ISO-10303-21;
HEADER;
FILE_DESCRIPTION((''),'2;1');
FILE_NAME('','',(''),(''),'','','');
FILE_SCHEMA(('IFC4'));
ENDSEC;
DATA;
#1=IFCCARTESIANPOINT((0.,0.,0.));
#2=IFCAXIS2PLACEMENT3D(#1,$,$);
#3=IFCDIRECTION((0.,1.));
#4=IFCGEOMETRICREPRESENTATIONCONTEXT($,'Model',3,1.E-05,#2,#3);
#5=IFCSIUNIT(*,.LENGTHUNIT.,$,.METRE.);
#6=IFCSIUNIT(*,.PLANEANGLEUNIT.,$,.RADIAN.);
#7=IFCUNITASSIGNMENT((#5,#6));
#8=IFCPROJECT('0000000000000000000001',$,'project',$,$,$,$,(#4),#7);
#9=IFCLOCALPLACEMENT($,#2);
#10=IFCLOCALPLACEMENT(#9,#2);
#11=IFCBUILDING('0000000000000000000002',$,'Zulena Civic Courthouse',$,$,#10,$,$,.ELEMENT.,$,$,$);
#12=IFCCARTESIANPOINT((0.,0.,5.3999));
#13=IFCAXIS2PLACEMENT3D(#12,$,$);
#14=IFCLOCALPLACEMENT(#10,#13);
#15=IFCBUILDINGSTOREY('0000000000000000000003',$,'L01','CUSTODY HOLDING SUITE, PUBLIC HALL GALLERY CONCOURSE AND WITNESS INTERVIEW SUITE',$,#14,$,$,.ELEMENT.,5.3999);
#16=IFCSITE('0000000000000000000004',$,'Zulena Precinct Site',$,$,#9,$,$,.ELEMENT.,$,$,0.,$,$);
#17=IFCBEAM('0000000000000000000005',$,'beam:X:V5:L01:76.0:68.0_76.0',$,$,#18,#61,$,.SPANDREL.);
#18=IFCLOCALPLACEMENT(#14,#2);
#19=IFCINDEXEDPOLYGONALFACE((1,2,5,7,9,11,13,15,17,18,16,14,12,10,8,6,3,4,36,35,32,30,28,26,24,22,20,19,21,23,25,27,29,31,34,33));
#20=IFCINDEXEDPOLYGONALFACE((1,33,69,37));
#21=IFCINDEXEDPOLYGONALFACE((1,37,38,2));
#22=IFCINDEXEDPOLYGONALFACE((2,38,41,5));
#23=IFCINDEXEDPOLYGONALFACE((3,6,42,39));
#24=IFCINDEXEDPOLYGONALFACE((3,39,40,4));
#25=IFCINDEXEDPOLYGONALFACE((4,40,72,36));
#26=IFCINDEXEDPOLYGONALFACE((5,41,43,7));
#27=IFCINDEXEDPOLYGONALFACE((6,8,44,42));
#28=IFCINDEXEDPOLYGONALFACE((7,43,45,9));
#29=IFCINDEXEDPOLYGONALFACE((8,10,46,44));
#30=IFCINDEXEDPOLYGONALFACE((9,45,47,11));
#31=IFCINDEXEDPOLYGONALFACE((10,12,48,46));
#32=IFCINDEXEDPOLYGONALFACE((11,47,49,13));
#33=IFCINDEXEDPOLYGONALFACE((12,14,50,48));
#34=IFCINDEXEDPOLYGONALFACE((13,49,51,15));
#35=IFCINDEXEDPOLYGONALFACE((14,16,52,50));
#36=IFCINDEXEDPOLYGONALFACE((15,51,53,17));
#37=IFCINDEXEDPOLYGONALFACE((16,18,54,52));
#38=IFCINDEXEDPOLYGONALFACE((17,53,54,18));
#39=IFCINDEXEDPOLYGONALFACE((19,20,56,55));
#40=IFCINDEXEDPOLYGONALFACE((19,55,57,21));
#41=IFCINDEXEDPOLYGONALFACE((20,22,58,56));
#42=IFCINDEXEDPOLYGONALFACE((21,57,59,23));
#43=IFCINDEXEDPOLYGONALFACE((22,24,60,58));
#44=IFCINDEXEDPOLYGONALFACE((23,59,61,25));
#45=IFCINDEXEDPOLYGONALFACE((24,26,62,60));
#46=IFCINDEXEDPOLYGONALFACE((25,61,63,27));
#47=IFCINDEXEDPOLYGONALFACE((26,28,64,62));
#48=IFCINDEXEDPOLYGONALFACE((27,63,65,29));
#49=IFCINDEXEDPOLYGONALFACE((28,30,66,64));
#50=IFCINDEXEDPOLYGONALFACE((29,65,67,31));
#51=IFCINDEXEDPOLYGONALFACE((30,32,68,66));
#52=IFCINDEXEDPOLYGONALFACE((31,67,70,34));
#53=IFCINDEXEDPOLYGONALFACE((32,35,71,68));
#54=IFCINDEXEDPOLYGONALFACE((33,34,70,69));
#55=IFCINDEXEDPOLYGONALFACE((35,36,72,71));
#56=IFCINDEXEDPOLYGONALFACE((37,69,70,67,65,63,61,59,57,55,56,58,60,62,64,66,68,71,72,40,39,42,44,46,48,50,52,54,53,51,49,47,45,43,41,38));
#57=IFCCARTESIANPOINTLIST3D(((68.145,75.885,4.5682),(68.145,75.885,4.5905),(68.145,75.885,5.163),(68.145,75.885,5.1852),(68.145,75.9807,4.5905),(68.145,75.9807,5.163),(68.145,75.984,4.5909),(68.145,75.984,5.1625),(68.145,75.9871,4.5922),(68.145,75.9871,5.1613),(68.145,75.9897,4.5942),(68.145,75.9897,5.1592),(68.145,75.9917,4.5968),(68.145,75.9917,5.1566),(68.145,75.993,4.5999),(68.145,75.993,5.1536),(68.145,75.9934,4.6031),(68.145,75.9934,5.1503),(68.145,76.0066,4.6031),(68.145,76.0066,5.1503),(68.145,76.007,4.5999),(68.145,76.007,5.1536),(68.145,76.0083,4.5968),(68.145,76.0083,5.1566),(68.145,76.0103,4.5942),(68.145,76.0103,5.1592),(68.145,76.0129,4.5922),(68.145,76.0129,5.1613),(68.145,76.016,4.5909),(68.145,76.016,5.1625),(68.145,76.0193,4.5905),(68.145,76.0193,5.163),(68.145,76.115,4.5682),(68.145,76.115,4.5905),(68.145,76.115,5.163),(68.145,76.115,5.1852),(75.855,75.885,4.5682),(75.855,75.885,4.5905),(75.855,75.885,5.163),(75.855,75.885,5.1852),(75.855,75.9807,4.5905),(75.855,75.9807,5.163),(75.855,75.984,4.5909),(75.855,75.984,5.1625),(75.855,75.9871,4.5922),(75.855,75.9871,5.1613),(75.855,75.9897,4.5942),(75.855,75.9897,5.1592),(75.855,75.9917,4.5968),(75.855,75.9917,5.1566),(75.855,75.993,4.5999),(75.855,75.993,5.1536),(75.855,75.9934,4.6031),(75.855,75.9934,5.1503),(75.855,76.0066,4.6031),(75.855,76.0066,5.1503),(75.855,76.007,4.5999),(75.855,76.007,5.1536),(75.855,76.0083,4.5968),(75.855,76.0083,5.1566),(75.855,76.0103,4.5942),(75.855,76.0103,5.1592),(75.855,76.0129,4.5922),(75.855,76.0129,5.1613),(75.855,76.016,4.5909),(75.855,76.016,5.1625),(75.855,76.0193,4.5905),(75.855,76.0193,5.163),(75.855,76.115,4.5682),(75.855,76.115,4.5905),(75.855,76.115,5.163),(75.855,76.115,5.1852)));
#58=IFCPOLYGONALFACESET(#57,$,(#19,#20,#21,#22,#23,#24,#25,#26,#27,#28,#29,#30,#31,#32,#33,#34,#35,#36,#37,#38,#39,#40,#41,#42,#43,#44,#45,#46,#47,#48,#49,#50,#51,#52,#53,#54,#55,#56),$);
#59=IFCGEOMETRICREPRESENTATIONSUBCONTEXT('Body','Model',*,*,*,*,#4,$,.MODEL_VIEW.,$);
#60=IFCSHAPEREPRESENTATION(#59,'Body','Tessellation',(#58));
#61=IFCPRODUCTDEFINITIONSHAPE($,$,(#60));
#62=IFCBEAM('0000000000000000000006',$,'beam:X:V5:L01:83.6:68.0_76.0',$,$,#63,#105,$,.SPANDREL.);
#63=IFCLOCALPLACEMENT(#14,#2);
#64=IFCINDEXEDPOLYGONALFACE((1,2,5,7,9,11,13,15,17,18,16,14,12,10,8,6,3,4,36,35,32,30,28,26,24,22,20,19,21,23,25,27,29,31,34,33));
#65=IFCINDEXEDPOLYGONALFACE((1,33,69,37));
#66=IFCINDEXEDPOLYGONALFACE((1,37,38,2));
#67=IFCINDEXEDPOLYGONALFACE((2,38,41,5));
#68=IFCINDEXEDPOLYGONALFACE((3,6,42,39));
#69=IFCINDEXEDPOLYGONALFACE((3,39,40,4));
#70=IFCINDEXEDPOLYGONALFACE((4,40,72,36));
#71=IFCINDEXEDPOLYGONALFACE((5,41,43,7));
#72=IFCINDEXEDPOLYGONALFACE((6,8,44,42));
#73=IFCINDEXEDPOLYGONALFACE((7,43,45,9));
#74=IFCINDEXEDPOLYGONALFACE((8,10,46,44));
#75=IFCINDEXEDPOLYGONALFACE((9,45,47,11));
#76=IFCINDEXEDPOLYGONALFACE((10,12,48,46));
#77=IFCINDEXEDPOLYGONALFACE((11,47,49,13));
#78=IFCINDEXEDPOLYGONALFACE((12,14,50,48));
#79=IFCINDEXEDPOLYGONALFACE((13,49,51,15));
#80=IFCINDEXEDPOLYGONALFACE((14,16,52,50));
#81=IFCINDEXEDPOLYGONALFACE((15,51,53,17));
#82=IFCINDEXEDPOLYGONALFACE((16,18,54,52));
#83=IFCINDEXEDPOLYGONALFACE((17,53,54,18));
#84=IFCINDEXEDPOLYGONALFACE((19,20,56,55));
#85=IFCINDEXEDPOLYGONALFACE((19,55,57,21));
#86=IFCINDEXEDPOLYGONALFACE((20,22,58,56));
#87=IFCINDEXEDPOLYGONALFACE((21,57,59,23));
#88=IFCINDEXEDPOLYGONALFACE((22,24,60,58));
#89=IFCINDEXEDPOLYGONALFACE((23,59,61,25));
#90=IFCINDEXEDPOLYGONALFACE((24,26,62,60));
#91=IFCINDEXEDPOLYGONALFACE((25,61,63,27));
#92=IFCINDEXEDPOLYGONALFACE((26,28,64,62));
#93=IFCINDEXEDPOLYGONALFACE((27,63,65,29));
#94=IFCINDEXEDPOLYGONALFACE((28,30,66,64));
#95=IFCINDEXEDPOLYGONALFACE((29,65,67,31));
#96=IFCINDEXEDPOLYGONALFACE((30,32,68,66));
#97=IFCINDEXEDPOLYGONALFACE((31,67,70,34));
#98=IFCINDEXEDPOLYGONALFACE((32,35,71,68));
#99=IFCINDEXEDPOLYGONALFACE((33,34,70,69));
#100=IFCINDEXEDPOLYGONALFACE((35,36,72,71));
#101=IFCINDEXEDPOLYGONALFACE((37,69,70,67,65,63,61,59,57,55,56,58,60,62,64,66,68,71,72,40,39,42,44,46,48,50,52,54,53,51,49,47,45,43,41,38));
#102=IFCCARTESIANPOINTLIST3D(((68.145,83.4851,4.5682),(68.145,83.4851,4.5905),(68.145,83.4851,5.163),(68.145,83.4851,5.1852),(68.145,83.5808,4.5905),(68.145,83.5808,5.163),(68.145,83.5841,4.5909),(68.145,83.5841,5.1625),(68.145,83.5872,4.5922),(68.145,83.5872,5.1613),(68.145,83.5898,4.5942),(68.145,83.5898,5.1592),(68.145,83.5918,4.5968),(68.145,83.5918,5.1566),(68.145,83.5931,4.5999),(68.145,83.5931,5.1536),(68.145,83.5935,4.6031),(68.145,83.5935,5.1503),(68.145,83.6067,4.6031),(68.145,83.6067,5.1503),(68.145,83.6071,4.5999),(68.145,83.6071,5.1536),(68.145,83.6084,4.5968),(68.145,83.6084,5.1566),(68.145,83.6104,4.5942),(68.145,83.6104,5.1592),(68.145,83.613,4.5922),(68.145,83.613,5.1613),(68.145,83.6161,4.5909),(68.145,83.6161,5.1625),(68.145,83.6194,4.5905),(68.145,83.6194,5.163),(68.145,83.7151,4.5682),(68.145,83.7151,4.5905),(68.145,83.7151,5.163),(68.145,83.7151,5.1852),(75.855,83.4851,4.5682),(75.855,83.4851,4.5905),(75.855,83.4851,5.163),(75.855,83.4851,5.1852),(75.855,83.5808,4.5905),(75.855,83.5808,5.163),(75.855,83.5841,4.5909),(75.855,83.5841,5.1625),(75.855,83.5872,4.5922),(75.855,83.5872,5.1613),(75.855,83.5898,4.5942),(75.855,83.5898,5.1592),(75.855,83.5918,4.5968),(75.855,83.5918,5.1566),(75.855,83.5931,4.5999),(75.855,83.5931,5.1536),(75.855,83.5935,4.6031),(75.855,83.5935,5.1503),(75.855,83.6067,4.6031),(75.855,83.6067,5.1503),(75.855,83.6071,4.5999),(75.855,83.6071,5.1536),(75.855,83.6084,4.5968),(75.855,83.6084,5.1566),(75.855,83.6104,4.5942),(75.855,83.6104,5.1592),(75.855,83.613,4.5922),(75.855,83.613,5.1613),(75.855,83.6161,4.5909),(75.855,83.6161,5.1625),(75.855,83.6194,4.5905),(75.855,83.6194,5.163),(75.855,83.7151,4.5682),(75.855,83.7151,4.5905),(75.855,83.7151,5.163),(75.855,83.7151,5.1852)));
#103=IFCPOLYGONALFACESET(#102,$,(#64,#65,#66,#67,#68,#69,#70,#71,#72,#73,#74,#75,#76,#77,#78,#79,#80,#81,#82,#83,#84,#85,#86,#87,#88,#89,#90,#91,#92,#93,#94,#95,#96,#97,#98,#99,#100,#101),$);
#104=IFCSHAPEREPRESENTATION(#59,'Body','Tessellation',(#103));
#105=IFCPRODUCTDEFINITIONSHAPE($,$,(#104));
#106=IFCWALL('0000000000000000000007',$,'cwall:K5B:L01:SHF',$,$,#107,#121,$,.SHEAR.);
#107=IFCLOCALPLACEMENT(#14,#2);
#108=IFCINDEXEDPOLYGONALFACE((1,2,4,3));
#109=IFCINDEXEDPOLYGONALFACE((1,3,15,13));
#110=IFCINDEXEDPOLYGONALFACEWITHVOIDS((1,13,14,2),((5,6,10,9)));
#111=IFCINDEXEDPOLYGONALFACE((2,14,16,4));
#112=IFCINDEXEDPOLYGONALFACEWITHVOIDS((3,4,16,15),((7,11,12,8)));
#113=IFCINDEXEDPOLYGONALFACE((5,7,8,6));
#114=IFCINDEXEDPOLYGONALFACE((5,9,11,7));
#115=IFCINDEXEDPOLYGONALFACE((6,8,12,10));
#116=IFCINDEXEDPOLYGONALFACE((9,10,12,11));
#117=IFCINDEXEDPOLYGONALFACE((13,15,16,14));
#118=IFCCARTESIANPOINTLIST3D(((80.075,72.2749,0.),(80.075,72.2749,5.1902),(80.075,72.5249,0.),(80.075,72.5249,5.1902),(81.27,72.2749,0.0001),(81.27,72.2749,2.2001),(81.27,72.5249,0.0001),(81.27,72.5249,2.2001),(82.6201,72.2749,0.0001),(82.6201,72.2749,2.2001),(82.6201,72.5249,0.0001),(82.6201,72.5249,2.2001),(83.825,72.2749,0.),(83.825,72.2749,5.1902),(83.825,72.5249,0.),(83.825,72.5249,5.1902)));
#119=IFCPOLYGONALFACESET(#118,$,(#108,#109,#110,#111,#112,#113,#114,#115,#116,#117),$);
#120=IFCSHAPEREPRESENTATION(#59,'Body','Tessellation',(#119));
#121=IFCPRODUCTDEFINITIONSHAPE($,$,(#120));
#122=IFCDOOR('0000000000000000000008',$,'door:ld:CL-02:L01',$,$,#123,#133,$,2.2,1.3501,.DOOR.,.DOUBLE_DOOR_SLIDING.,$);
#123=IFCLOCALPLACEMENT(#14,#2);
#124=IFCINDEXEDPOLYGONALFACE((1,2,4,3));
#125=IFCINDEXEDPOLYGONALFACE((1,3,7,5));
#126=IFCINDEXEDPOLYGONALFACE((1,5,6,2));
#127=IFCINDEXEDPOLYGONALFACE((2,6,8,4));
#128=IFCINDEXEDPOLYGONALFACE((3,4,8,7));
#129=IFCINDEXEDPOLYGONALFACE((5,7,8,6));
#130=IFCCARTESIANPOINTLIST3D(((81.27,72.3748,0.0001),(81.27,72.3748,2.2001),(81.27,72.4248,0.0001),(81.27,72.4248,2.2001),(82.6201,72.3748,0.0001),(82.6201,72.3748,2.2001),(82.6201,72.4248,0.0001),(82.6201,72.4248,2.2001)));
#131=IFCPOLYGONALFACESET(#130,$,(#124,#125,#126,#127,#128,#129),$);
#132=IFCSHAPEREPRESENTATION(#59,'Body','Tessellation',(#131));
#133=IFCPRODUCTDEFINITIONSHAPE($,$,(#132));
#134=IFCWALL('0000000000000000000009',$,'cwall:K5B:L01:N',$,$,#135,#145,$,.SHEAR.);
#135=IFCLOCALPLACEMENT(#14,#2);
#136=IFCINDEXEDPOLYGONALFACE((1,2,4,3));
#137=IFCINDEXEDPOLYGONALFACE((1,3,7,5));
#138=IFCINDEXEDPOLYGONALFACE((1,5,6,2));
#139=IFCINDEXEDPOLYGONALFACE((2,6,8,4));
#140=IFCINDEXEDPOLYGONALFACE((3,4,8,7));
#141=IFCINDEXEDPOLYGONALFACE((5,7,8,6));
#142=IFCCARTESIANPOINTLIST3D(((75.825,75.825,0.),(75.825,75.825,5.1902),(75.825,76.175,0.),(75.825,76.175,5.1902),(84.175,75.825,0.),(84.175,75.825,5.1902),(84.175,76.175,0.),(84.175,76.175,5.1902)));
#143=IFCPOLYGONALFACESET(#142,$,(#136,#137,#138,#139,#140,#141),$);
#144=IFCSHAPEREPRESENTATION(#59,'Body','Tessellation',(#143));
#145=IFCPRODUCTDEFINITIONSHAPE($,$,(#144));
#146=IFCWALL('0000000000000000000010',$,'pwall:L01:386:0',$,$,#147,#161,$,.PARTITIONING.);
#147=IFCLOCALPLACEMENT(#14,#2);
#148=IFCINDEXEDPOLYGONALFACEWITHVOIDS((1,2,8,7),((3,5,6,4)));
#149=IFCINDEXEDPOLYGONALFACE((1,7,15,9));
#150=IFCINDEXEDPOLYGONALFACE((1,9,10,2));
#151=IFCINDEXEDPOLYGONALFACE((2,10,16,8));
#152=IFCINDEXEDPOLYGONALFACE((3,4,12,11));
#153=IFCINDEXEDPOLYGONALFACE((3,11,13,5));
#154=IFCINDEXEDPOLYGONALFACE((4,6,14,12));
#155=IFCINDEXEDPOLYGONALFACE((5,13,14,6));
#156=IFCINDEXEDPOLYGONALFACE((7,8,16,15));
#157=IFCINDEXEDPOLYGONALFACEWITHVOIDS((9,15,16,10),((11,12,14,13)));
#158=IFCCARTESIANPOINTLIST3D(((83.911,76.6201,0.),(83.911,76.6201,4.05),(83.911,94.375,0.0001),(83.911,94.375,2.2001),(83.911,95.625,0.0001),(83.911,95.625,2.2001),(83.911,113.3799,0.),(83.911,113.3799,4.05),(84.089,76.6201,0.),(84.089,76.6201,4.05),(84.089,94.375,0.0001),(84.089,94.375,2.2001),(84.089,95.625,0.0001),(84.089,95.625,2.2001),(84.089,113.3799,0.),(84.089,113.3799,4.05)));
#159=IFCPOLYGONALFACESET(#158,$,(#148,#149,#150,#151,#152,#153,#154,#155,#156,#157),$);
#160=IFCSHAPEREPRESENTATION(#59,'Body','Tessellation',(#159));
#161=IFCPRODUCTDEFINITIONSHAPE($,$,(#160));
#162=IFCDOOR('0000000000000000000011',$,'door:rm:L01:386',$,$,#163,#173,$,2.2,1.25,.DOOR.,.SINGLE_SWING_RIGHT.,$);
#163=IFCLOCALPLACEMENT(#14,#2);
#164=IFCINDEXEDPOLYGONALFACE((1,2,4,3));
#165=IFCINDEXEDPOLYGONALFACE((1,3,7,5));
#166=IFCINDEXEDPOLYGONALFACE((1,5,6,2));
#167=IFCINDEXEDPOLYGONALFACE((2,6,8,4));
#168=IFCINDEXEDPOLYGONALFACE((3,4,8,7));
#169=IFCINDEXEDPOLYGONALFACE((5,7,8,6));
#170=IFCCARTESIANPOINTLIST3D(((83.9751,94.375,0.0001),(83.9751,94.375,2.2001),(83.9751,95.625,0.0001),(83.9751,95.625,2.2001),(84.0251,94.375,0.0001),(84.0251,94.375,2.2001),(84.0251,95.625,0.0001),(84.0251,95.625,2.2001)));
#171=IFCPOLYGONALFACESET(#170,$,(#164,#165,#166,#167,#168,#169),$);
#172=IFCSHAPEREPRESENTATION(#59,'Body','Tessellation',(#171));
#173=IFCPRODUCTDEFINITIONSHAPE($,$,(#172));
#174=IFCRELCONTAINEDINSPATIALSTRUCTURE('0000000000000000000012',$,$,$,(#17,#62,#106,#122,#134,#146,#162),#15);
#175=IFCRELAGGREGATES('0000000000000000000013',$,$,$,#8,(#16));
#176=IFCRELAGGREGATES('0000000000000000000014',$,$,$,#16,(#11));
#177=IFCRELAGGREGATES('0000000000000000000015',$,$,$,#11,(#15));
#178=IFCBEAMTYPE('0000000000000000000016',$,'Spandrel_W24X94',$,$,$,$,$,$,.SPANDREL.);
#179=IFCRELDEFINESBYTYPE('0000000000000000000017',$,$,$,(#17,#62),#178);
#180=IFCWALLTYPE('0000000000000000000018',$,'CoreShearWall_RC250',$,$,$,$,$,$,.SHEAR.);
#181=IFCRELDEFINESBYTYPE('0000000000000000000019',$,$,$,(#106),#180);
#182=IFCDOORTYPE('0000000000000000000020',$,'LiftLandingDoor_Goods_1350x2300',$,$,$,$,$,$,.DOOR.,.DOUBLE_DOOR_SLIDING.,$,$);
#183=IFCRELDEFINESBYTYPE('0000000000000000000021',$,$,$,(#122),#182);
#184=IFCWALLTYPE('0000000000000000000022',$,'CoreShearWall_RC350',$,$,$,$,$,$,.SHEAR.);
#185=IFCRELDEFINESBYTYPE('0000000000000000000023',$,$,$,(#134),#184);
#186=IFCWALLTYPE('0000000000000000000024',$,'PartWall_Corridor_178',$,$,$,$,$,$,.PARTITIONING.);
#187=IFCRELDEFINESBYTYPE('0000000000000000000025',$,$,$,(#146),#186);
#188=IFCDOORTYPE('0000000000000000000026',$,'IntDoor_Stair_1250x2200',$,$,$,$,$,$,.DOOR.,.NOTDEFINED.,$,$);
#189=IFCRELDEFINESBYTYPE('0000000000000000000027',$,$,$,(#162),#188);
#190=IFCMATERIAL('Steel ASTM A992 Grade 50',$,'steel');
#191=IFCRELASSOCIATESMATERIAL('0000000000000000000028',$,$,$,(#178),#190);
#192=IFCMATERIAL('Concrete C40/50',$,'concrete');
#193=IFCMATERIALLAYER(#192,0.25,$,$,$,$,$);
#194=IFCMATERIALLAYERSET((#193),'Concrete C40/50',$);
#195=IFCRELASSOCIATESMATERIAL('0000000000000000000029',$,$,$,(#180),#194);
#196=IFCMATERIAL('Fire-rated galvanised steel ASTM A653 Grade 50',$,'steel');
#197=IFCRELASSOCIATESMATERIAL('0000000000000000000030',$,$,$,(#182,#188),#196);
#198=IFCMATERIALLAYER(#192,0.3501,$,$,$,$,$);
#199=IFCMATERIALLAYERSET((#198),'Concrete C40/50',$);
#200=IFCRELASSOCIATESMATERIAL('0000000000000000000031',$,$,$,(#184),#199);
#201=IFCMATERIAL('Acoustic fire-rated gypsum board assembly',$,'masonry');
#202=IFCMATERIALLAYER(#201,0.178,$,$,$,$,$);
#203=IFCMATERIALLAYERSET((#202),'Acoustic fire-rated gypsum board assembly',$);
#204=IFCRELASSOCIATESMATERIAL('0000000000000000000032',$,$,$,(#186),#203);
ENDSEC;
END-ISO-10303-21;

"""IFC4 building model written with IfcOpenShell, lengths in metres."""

from ifc_helpers import new_model, si_unit, direction, frame, frame_2d, origin, origin_2d, place, context, subcontext, project, spatial, rectangle, i_section, extrude, material, layer, layer_set, material_profile, profile_set, type_object, element, fill, save


model = new_model("IFC4")

# Units and contexts
model_context = context("Model", 3, precision=1e-05, world=origin(), true_north=direction((0.0, 1.0)))
body_context = subcontext(model_context, "Body", "Model", "MODEL_VIEW")
ifc_project = project(units=[si_unit("LENGTHUNIT", "METRE"), si_unit("PLANEANGLEUNIT", "RADIAN")], contexts=[model_context])

# Site, building, storey
site_placement = place(None, origin())
site = spatial("IfcSite", under=ifc_project, at=site_placement, Name="Zulena Precinct Site", CompositionType="ELEMENT", RefElevation=0.0)
building_placement = place(site_placement, origin())
building = spatial("IfcBuilding", under=site, at=building_placement, Name="Zulena Civic Courthouse", CompositionType="ELEMENT")
storey_placement = place(building_placement, frame((0.0, 0.0, 5.3999)))
storey = spatial("IfcBuildingStorey", under=building, at=storey_placement, Name="L01", Description="CUSTODY HOLDING SUITE, PUBLIC HALL GALLERY CONCOURSE AND WITNESS INTERVIEW SUITE", CompositionType="ELEMENT", Elevation=5.3999)

# Shared definitions
ifc_material_1 = material(Name="Steel ASTM A992 Grade 50", Category="steel")

# Beams
ifc_material_profile_1 = material_profile(ifc_material_1, i_section(OverallWidth=0.23, OverallDepth=0.6169, WebThickness=0.0132, FlangeThickness=0.0222, FilletRadius=0.0127, at=origin_2d()), Name="W24X94")
ifc_profile_set_1 = profile_set([ifc_material_profile_1], Name="Steel ASTM A992 Grade 50")
beam_type_1 = type_object("IfcBeamType", Name="Spandrel_W24X94", PredefinedType="SPANDREL", material=ifc_profile_set_1)
for number, where, z_axis, x_axis, name in (
    (1, (68.145, 76.0, 4.8767), (1.0, 0.0, 0.0), (0.0, 1.0, 0.0), "beam:X:V5:L01:76.0:68.0_76.0"),
    (2, (68.145, 83.6001, 4.8767), (1.0, 0.0, 0.0), (0.0, 1.0, 0.0), "beam:X:V5:L01:83.6:68.0_76.0"),
):
    element("IfcBeam", number, at=place(storey_placement, frame(where, z_axis=z_axis, x_axis=x_axis)), inside=storey, type_object=beam_type_1, Name=name, PredefinedType="SPANDREL", context=body_context, shape_type="SweptSolid", body=[
        extrude(i_section(OverallWidth=0.23, OverallDepth=0.6169, WebThickness=0.0132, FlangeThickness=0.0222, FilletRadius=0.0127, at=origin_2d()), origin(), (0.0, 0.0, 1.0), 7.71),
    ])

# Wall, opening, door
ifc_material_2 = material(Name="Concrete C40/50", Category="concrete")
ifc_layer_1 = layer(ifc_material_2, 0.25)
ifc_layer_set_1 = layer_set([ifc_layer_1], Name="Concrete C40/50")
wall_type_1 = type_object("IfcWallType", Name="CoreShearWall_RC250", PredefinedType="SHEAR", material=ifc_layer_set_1)
wall_1_placement = place(storey_placement, frame((80.075, 72.3999, 0.0), z_axis=(0.0, 0.0, 1.0), x_axis=(1.0, 0.0, 0.0)))
wall_1 = element("IfcWall", 3, at=wall_1_placement, inside=storey, type_object=wall_type_1, Name="cwall:K5B:L01:SHF", PredefinedType="SHEAR", context=body_context, shape_type="SweptSolid", body=[
    extrude(rectangle(XDim=3.75, YDim=0.25, at=frame_2d((1.875, 0.0))), origin(), (0.0, 0.0, 1.0), 5.1902),
])
opening_1_placement = place(wall_1_placement, frame((1.1951, 0.0, 0.0)))
opening_1 = element("IfcOpeningElement", 4, at=opening_1_placement, cuts=wall_1, PredefinedType="OPENING", context=body_context, shape_type="SweptSolid", body=[
    extrude(rectangle(XDim=1.3501, YDim=2.2, at=frame_2d((0.675, 1.1001))), frame((0.0, 0.135, 0.0), z_axis=(0.0, -1.0, 0.0), x_axis=(1.0, 0.0, 0.0)), (0.0, 0.0, 1.0), 0.27),
])
ifc_material_3 = material(Name="Fire-rated galvanised steel ASTM A653 Grade 50", Category="steel")
door_type_1 = type_object("IfcDoorType", Name="LiftLandingDoor_Goods_1350x2300", OperationType="DOUBLE_DOOR_SLIDING", PredefinedType="DOOR", material=ifc_material_3)
door_1_placement = place(opening_1_placement, origin())
door_1 = element("IfcDoor", 5, at=door_1_placement, inside=storey, type_object=door_type_1, Name="door:ld:CL-02:L01", OperationType="DOUBLE_DOOR_SLIDING", OverallHeight=2.2, OverallWidth=1.3501, PredefinedType="DOOR", context=body_context, shape_type="SweptSolid", body=[
    extrude(rectangle(XDim=1.3501, YDim=2.2, at=frame_2d((0.675, 1.1001))), frame((0.0, 0.0249, 0.0), z_axis=(0.0, -1.0, 0.0), x_axis=(1.0, 0.0, 0.0)), (0.0, 0.0, 1.0), 0.05),
])
fill(opening_1, door_1)

# Wall
ifc_layer_2 = layer(ifc_material_2, 0.3501)
ifc_layer_set_2 = layer_set([ifc_layer_2], Name="Concrete C40/50")
wall_type_2 = type_object("IfcWallType", Name="CoreShearWall_RC350", PredefinedType="SHEAR", material=ifc_layer_set_2)
wall_2_placement = place(storey_placement, frame((75.825, 76.0, 0.0), z_axis=(0.0, 0.0, 1.0), x_axis=(1.0, 0.0, 0.0)))
element("IfcWall", 6, at=wall_2_placement, inside=storey, type_object=wall_type_2, Name="cwall:K5B:L01:N", PredefinedType="SHEAR", context=body_context, shape_type="SweptSolid", body=[
    extrude(rectangle(XDim=8.3501, YDim=0.3501, at=frame_2d((4.175, 0.0))), origin(), (0.0, 0.0, 1.0), 5.1902),
])

# Wall, opening, door
ifc_material_4 = material(Name="Acoustic fire-rated gypsum board assembly", Category="masonry")
ifc_layer_3 = layer(ifc_material_4, 0.178)
ifc_layer_set_3 = layer_set([ifc_layer_3], Name="Acoustic fire-rated gypsum board assembly")
wall_type_3 = type_object("IfcWallType", Name="PartWall_Corridor_178", PredefinedType="PARTITIONING", material=ifc_layer_set_3)
wall_3_placement = place(storey_placement, frame((84.0, 76.6201, 0.0), z_axis=(0.0, 0.0, 1.0), x_axis=(0.0, 1.0, 0.0)))
wall_3 = element("IfcWall", 7, at=wall_3_placement, inside=storey, type_object=wall_type_3, Name="pwall:L01:386:0", PredefinedType="PARTITIONING", context=body_context, shape_type="SweptSolid", body=[
    extrude(rectangle(XDim=36.7598, YDim=0.178, at=frame_2d((18.3799, 0.0))), origin(), (0.0, 0.0, 1.0), 4.05),
])
opening_2_placement = place(wall_3_placement, frame((17.7549, 0.0, 0.0)))
opening_2 = element("IfcOpeningElement", 8, at=opening_2_placement, cuts=wall_3, PredefinedType="OPENING", context=body_context, shape_type="SweptSolid", body=[
    extrude(rectangle(XDim=1.25, YDim=2.2, at=frame_2d((0.625, 1.1001))), frame((0.0, 0.0989, 0.0), z_axis=(0.0, -1.0, 0.0), x_axis=(1.0, 0.0, 0.0)), (0.0, 0.0, 1.0), 0.198),
])
door_type_2 = type_object("IfcDoorType", Name="IntDoor_Stair_1250x2200", OperationType="NOTDEFINED", PredefinedType="DOOR", material=ifc_material_3)
door_2_placement = place(opening_2_placement, origin())
door_2 = element("IfcDoor", 9, at=door_2_placement, inside=storey, type_object=door_type_2, Name="door:rm:L01:386", OperationType="SINGLE_SWING_RIGHT", OverallHeight=2.2, OverallWidth=1.25, PredefinedType="DOOR", context=body_context, shape_type="SweptSolid", body=[
    extrude(rectangle(XDim=1.25, YDim=2.2, at=frame_2d((0.625, 1.1001))), frame((0.0, 0.0249, 0.0), z_axis=(0.0, -1.0, 0.0), x_axis=(1.0, 0.0, 0.0)), (0.0, 0.0, 1.0), 0.05),
])
fill(opening_2, door_2)

save(model, "model.ifc")
